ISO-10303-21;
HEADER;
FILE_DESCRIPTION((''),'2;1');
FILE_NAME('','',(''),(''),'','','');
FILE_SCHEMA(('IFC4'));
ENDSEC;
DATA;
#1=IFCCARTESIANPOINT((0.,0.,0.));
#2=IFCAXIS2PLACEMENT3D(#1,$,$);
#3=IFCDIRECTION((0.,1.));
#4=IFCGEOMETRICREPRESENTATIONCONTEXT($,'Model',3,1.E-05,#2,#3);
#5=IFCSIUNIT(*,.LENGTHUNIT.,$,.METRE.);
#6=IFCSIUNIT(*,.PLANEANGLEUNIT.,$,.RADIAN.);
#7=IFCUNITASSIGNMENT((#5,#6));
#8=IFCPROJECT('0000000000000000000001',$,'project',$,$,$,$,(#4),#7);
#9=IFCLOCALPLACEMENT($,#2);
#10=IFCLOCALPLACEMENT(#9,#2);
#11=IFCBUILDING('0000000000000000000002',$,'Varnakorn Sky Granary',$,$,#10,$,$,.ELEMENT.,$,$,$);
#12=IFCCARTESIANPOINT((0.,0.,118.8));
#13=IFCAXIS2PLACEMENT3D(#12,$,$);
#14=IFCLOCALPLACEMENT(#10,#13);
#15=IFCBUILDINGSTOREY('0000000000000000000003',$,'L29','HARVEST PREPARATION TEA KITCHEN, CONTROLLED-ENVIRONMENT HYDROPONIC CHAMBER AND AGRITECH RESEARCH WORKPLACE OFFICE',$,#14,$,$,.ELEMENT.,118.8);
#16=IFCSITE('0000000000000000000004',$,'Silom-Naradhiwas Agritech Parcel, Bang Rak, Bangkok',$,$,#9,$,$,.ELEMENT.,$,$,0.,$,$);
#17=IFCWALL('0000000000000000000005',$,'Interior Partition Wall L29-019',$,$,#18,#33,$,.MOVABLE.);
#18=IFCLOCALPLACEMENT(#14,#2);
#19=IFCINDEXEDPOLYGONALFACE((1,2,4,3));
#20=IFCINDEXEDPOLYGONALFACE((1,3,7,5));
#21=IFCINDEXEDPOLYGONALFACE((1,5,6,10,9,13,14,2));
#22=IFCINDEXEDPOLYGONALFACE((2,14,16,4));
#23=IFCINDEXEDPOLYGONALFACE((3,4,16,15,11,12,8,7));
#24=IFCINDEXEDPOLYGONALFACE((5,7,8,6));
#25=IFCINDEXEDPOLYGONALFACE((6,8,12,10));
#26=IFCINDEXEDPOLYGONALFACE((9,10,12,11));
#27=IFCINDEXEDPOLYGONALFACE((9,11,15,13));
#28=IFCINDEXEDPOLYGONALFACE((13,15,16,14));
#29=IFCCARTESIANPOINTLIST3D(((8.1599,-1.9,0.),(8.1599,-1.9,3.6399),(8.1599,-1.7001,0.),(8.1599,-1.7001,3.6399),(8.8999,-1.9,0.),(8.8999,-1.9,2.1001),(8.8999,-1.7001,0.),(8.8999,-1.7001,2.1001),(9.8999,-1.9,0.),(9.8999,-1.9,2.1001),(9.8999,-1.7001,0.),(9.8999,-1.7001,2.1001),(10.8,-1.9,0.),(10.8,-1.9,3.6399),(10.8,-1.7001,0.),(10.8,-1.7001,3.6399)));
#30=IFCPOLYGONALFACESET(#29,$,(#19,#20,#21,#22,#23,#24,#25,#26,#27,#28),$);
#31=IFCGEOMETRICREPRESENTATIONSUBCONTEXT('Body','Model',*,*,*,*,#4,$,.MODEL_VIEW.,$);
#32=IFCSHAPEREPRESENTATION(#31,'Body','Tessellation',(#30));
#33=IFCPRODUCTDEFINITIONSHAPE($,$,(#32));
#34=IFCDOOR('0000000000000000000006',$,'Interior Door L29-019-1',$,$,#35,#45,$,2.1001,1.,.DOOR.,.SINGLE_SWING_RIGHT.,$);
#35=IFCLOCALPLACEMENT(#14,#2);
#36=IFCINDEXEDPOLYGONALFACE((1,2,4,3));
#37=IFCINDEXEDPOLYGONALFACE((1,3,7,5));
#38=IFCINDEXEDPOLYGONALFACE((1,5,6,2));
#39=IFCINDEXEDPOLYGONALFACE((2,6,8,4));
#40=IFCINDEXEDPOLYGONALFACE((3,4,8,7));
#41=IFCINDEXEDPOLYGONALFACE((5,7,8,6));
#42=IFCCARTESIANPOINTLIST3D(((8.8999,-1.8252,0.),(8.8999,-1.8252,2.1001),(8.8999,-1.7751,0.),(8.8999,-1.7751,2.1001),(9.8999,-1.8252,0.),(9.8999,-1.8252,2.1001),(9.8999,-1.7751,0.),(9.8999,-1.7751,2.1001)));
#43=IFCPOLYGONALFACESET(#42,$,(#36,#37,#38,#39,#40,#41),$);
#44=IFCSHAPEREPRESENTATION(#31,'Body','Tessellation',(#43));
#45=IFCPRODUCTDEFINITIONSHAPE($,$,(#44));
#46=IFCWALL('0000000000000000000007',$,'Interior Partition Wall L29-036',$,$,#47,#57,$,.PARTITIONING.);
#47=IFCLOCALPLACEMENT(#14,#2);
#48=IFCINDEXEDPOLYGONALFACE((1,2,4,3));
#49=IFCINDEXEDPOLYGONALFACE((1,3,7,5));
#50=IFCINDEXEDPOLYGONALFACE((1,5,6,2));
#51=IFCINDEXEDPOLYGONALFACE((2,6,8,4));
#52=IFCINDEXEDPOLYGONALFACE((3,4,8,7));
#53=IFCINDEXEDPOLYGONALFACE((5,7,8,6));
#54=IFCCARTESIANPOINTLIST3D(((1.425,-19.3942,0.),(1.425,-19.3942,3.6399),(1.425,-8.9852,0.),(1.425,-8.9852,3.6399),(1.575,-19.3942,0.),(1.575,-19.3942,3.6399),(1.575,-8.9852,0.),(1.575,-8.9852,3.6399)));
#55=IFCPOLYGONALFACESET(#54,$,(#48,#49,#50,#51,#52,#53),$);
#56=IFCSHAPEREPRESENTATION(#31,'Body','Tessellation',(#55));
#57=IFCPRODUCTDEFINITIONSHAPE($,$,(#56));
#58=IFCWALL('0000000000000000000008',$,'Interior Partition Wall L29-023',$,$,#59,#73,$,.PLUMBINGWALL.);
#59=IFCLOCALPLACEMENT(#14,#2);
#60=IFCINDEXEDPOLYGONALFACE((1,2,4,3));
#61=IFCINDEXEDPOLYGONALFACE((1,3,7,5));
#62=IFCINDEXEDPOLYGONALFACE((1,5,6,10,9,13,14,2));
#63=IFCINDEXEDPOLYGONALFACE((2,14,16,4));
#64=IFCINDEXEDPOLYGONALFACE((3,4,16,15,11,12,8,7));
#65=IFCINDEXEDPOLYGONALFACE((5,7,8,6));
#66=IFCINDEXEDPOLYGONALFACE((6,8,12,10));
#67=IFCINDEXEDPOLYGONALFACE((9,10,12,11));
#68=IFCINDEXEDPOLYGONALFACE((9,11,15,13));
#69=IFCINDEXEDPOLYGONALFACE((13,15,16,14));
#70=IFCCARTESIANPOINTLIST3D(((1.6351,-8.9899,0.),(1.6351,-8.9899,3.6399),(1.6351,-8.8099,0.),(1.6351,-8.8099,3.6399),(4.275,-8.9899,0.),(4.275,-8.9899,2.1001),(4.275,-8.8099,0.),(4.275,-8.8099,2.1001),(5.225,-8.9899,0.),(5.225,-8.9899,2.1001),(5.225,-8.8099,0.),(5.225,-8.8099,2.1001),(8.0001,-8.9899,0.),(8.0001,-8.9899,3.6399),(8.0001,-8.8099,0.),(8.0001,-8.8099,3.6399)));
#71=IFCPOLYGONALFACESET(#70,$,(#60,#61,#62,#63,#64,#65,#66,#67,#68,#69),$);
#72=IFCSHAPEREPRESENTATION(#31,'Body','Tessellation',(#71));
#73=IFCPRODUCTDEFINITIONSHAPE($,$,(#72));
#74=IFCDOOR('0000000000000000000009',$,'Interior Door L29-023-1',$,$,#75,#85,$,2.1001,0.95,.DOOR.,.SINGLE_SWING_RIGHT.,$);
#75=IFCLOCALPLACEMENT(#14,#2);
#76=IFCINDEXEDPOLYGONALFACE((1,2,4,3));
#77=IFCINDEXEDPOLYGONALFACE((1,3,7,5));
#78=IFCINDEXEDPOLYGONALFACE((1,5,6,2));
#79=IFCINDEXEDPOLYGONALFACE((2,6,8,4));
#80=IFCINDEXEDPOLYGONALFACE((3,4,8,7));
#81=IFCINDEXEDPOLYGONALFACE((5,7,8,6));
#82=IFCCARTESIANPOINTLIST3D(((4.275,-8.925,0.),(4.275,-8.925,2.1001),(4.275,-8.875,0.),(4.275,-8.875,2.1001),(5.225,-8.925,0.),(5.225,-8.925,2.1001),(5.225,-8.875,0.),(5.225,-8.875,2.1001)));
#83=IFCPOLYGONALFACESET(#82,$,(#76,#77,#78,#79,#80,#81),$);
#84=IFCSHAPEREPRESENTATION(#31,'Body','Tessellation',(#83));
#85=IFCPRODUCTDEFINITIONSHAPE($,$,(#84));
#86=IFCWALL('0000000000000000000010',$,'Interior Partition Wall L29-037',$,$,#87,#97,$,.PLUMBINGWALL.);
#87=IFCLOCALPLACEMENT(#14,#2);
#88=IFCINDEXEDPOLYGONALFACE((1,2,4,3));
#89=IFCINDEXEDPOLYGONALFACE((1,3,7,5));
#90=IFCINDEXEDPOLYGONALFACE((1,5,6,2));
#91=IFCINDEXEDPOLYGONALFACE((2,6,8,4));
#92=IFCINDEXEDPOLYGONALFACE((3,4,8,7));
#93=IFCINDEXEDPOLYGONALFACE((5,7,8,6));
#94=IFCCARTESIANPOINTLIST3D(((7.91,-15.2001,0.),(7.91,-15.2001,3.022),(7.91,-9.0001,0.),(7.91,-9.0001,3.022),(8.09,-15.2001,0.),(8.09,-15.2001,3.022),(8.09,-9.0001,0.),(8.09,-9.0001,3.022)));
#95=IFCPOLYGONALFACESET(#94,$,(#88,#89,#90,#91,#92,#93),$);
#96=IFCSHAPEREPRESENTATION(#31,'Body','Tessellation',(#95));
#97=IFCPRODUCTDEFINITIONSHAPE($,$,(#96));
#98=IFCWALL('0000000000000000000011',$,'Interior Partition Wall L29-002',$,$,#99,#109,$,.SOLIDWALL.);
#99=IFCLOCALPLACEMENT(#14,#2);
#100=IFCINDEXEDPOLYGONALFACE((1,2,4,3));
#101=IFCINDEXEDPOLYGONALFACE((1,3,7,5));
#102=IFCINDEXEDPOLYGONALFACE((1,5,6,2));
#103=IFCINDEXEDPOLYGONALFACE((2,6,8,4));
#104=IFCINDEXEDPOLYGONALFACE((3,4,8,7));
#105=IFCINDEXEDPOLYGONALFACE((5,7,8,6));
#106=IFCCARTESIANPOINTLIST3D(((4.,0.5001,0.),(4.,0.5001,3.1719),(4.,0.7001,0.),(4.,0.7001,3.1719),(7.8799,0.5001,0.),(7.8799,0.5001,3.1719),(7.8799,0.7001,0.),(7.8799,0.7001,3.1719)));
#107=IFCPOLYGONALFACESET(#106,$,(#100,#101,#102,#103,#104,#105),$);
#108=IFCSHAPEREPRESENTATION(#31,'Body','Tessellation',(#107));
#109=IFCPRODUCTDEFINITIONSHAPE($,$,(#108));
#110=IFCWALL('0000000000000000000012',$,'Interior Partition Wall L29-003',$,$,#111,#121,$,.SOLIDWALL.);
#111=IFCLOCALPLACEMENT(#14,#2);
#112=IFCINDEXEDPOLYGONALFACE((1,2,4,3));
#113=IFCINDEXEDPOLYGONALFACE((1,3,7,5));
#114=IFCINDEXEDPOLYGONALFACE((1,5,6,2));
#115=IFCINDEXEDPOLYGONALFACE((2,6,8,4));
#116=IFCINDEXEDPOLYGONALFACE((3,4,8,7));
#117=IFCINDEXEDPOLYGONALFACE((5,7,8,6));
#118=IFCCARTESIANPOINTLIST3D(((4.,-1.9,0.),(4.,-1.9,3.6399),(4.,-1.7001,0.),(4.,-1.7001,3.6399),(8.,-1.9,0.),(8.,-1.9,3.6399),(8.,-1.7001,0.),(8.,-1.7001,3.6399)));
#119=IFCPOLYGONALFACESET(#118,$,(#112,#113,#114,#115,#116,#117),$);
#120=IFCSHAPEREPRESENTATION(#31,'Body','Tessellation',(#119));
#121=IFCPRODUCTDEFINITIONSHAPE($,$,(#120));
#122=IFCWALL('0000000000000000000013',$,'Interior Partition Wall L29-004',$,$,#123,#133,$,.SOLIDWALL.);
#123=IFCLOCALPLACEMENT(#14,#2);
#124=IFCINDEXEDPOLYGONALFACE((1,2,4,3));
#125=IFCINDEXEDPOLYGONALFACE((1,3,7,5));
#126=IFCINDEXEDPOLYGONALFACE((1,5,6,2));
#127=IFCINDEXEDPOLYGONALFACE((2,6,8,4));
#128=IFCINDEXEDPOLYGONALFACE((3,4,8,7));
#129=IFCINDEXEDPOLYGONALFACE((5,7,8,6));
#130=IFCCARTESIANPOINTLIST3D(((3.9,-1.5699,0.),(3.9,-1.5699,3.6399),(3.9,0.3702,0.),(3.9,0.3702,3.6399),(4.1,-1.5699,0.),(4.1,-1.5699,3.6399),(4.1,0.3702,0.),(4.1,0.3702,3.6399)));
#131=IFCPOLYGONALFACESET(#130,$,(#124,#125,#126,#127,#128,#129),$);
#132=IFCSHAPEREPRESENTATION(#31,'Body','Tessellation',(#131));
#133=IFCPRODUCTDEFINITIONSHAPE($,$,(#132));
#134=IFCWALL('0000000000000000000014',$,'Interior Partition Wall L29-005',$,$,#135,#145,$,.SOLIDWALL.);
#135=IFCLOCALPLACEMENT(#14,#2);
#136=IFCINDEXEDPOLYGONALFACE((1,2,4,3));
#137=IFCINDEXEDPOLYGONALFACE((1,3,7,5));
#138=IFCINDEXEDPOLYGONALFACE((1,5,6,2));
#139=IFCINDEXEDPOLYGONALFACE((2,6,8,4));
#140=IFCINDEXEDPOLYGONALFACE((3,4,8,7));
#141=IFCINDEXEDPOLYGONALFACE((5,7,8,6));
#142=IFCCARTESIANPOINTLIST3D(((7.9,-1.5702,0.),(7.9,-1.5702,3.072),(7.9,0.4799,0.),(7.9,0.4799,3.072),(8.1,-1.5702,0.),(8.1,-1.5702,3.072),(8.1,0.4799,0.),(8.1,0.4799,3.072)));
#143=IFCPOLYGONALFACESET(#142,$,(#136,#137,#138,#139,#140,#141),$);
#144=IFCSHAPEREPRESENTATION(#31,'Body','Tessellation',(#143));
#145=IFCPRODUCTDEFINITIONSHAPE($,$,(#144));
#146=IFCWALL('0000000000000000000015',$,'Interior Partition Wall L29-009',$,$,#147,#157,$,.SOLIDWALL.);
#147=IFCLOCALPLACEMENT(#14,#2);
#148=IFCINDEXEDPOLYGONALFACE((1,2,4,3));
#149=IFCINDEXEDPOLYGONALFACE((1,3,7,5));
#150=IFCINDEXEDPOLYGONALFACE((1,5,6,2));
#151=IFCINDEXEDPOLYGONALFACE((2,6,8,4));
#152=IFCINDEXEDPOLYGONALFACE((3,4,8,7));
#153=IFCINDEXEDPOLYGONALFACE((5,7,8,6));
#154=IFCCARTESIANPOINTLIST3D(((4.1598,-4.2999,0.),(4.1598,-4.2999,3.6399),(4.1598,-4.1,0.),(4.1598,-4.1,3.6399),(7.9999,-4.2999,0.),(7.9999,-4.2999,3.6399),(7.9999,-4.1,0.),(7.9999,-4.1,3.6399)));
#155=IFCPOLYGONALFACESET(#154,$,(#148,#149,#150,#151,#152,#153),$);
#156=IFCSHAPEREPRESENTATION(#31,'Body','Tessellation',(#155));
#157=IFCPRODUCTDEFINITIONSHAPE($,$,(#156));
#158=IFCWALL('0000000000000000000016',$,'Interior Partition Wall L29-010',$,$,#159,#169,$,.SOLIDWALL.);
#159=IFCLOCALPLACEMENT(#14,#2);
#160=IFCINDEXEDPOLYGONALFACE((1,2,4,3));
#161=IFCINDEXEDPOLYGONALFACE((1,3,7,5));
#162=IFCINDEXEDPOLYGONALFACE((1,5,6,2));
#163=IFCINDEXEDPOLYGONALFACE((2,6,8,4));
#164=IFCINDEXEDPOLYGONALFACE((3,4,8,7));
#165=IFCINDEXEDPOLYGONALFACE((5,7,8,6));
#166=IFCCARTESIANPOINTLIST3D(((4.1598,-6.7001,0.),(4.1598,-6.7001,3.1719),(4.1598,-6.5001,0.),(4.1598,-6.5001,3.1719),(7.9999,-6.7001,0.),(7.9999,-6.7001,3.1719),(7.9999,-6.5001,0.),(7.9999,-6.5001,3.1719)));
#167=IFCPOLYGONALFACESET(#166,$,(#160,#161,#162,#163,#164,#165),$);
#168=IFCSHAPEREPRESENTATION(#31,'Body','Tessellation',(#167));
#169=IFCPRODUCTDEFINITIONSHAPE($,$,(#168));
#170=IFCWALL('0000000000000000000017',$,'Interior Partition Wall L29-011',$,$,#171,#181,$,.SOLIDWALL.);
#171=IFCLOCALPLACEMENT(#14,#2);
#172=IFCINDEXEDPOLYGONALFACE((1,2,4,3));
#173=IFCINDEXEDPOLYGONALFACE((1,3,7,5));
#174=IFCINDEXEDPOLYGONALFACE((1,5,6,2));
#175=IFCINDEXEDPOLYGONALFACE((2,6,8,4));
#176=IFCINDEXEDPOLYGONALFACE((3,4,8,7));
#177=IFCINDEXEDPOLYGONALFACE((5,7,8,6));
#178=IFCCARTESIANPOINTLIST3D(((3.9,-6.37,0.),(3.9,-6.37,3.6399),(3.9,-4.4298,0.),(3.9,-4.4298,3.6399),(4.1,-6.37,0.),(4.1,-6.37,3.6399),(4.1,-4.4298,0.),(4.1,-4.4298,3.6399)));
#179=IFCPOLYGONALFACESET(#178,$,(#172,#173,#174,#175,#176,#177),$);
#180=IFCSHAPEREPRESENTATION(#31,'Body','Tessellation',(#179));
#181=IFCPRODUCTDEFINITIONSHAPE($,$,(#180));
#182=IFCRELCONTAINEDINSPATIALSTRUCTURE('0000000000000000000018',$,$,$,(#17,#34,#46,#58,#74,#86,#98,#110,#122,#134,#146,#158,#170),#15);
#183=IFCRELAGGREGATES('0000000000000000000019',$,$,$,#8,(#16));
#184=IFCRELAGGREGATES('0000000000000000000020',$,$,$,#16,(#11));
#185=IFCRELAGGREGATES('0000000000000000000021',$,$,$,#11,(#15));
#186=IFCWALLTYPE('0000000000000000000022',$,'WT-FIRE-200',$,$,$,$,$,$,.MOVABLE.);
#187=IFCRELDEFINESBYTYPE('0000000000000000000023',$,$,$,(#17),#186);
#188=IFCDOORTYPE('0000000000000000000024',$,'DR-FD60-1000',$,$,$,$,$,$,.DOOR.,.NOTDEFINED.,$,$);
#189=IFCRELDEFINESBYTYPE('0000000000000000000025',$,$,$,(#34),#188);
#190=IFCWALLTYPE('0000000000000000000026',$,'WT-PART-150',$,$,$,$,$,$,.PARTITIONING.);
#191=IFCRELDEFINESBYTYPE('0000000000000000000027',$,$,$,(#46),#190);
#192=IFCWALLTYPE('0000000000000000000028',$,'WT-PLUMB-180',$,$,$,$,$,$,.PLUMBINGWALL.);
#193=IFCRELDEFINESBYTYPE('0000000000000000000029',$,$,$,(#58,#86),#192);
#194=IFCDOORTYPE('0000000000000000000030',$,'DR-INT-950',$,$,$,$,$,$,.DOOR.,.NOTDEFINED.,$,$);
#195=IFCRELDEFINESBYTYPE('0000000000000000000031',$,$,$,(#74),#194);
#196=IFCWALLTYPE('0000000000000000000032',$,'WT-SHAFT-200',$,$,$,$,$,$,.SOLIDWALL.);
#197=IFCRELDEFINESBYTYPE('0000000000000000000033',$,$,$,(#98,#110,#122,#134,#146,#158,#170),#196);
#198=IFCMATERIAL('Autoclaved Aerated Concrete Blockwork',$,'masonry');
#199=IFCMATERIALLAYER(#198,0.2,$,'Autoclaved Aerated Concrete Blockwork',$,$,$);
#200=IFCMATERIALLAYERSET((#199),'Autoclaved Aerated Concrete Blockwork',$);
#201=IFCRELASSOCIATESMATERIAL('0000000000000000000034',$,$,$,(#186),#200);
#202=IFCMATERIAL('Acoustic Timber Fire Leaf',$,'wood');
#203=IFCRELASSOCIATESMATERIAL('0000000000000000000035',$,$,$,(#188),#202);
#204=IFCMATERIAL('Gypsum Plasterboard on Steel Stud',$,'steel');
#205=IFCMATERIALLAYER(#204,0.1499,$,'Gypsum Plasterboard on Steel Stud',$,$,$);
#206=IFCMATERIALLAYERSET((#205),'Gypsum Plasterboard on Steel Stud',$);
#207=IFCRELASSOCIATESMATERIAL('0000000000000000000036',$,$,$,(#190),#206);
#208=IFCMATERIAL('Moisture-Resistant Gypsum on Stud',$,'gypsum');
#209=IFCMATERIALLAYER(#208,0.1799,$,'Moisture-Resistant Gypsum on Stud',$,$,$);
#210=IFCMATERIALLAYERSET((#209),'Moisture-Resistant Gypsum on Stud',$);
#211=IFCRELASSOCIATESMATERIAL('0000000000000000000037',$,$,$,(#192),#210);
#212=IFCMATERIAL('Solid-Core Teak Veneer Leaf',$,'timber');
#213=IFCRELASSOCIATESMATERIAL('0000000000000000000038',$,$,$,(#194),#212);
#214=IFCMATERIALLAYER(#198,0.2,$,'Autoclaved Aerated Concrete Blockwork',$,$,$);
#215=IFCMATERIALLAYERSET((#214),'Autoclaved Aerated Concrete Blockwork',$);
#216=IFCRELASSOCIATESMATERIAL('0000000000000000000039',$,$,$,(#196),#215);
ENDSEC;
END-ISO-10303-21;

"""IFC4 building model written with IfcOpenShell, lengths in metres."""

from ifc_helpers import new_model, si_unit, direction, frame, frame_2d, origin, place, context, subcontext, project, spatial, rectangle, extrude, material, layer, layer_set, type_object, element, fill, save


model = new_model("IFC4")

# Units and contexts
model_context = context("Model", 3, precision=1e-05, world=origin(), true_north=direction((0.0, 1.0)))
body_context = subcontext(model_context, "Body", "Model", "MODEL_VIEW")
ifc_project = project(units=[si_unit("LENGTHUNIT", "METRE"), si_unit("PLANEANGLEUNIT", "RADIAN")], contexts=[model_context])

# Site, building, storey
site_placement = place(None, origin())
site = spatial("IfcSite", under=ifc_project, at=site_placement, Name="Silom-Naradhiwas Agritech Parcel, Bang Rak, Bangkok", CompositionType="ELEMENT", RefElevation=0.0)
building_placement = place(site_placement, origin())
building = spatial("IfcBuilding", under=site, at=building_placement, Name="Varnakorn Sky Granary", CompositionType="ELEMENT")
storey_placement = place(building_placement, frame((0.0, 0.0, 118.8)))
storey = spatial("IfcBuildingStorey", under=building, at=storey_placement, Name="L29", Description="HARVEST PREPARATION TEA KITCHEN, CONTROLLED-ENVIRONMENT HYDROPONIC CHAMBER AND AGRITECH RESEARCH WORKPLACE OFFICE", CompositionType="ELEMENT", Elevation=118.8)

# Wall, opening, door
ifc_material_1 = material(Name="Autoclaved Aerated Concrete Blockwork", Category="masonry")
ifc_layer_1 = layer(ifc_material_1, 0.2, Name="Autoclaved Aerated Concrete Blockwork")
ifc_layer_set_1 = layer_set([ifc_layer_1], Name="Autoclaved Aerated Concrete Blockwork")
wall_type_1 = type_object("IfcWallType", Name="WT-FIRE-200", PredefinedType="MOVABLE", material=ifc_layer_set_1)
ifc_material_2 = material(Name="Acoustic Timber Fire Leaf", Category="wood")
door_type_1 = type_object("IfcDoorType", Name="DR-FD60-1000", OperationType="NOTDEFINED", PredefinedType="DOOR", material=ifc_material_2)
wall_1_placement = place(storey_placement, frame((8.1599, -1.8, 0.0), z_axis=(0.0, 0.0, 1.0), x_axis=(1.0, 0.0, 0.0)))
wall_1 = element("IfcWall", 1, at=wall_1_placement, inside=storey, type_object=wall_type_1, Name="Interior Partition Wall L29-019", PredefinedType="MOVABLE", context=body_context, shape_type="SweptSolid", body=[
    extrude(rectangle(XDim=2.6401, YDim=0.2, at=frame_2d((1.3201, 0.0))), origin(), (0.0, 0.0, 1.0), 3.6399),
])
opening_1_placement = place(wall_1_placement, frame((0.74, 0.0, 0.0)))
opening_1 = element("IfcOpeningElement", 2, at=opening_1_placement, cuts=wall_1, PredefinedType="OPENING", context=body_context, shape_type="SweptSolid", body=[
    extrude(rectangle(XDim=1.0, YDim=2.1001, at=frame_2d((0.5, 1.05))), frame((0.0, 0.1099, 0.0), z_axis=(0.0, -1.0, 0.0), x_axis=(1.0, 0.0, 0.0)), (0.0, 0.0, 1.0), 0.22),
])
door_1_placement = place(opening_1_placement, origin())
door_1 = element("IfcDoor", 3, at=door_1_placement, inside=storey, type_object=door_type_1, Name="Interior Door L29-019-1", OperationType="SINGLE_SWING_RIGHT", OverallHeight=2.1001, OverallWidth=1.0, PredefinedType="DOOR", context=body_context, shape_type="SweptSolid", body=[
    extrude(rectangle(XDim=1.0, YDim=2.1001, at=frame_2d((0.5, 1.05))), frame((0.0, 0.0249, 0.0), z_axis=(0.0, -1.0, 0.0), x_axis=(1.0, 0.0, 0.0)), (0.0, 0.0, 1.0), 0.05),
])
fill(opening_1, door_1)

# Wall
ifc_material_3 = material(Name="Gypsum Plasterboard on Steel Stud", Category="steel")
ifc_layer_2 = layer(ifc_material_3, 0.1499, Name="Gypsum Plasterboard on Steel Stud")
ifc_layer_set_2 = layer_set([ifc_layer_2], Name="Gypsum Plasterboard on Steel Stud")
wall_type_2 = type_object("IfcWallType", Name="WT-PART-150", PredefinedType="PARTITIONING", material=ifc_layer_set_2)
wall_2_placement = place(storey_placement, frame((1.5, -8.9851, 0.0), z_axis=(0.0, 0.0, 1.0), x_axis=(0.0, -1.0, 0.0)))
element("IfcWall", 4, at=wall_2_placement, inside=storey, type_object=wall_type_2, Name="Interior Partition Wall L29-036", PredefinedType="PARTITIONING", context=body_context, shape_type="SweptSolid", body=[
    extrude(rectangle(XDim=10.4089, YDim=0.1499, at=frame_2d((5.2046, 0.0))), origin(), (0.0, 0.0, 1.0), 3.6399),
])

# Wall, opening, door
ifc_material_4 = material(Name="Moisture-Resistant Gypsum on Stud", Category="gypsum")
ifc_layer_3 = layer(ifc_material_4, 0.1799, Name="Moisture-Resistant Gypsum on Stud")
ifc_layer_set_3 = layer_set([ifc_layer_3], Name="Moisture-Resistant Gypsum on Stud")
wall_type_3 = type_object("IfcWallType", Name="WT-PLUMB-180", PredefinedType="PLUMBINGWALL", material=ifc_layer_set_3)
wall_3_placement = place(storey_placement, frame((1.635, -8.8999, 0.0), z_axis=(0.0, 0.0, 1.0), x_axis=(1.0, 0.0, 0.0)))
wall_3 = element("IfcWall", 5, at=wall_3_placement, inside=storey, type_object=wall_type_3, Name="Interior Partition Wall L29-023", PredefinedType="PLUMBINGWALL", context=body_context, shape_type="SweptSolid", body=[
    extrude(rectangle(XDim=6.365, YDim=0.1799, at=frame_2d((3.1826, 0.0))), origin(), (0.0, 0.0, 1.0), 3.6399),
])
opening_2_placement = place(wall_3_placement, frame((2.6399, 0.0, 0.0)))
opening_2 = element("IfcOpeningElement", 6, at=opening_2_placement, cuts=wall_3, PredefinedType="OPENING", context=body_context, shape_type="SweptSolid", body=[
    extrude(rectangle(XDim=0.95, YDim=2.1001, at=frame_2d((0.4751, 1.05))), frame((0.0, 0.1001, 0.0), z_axis=(0.0, -1.0, 0.0), x_axis=(1.0, 0.0, 0.0)), (0.0, 0.0, 1.0), 0.2),
])
ifc_material_5 = material(Name="Solid-Core Teak Veneer Leaf", Category="timber")
door_type_2 = type_object("IfcDoorType", Name="DR-INT-950", OperationType="NOTDEFINED", PredefinedType="DOOR", material=ifc_material_5)
door_2_placement = place(opening_2_placement, origin())
door_2 = element("IfcDoor", 7, at=door_2_placement, inside=storey, type_object=door_type_2, Name="Interior Door L29-023-1", OperationType="SINGLE_SWING_RIGHT", OverallHeight=2.1001, OverallWidth=0.95, PredefinedType="DOOR", context=body_context, shape_type="SweptSolid", body=[
    extrude(rectangle(XDim=0.95, YDim=2.1001, at=frame_2d((0.4751, 1.05))), frame((0.0, 0.0249, 0.0), z_axis=(0.0, -1.0, 0.0), x_axis=(1.0, 0.0, 0.0)), (0.0, 0.0, 1.0), 0.05),
])
fill(opening_2, door_2)

# Walls
wall_4_placement = place(storey_placement, frame((8.0, -9.0, 0.0), z_axis=(0.0, 0.0, 1.0), x_axis=(0.0, -1.0, 0.0)))
element("IfcWall", 8, at=wall_4_placement, inside=storey, type_object=wall_type_3, Name="Interior Partition Wall L29-037", PredefinedType="PLUMBINGWALL", context=body_context, shape_type="SweptSolid", body=[
    extrude(rectangle(XDim=6.2, YDim=0.1799, at=frame_2d((3.1001, 0.0))), origin(), (0.0, 0.0, 1.0), 3.022),
])
ifc_layer_4 = layer(ifc_material_1, 0.2, Name="Autoclaved Aerated Concrete Blockwork")
ifc_layer_set_4 = layer_set([ifc_layer_4], Name="Autoclaved Aerated Concrete Blockwork")
wall_type_4 = type_object("IfcWallType", Name="WT-SHAFT-200", PredefinedType="SOLIDWALL", material=ifc_layer_set_4)
wall_5_placement = place(storey_placement, frame((4.0, 0.6001, 0.0), z_axis=(0.0, 0.0, 1.0), x_axis=(1.0, 0.0, 0.0)))
element("IfcWall", 9, at=wall_5_placement, inside=storey, type_object=wall_type_4, Name="Interior Partition Wall L29-002", PredefinedType="SOLIDWALL", context=body_context, shape_type="SweptSolid", body=[
    extrude(rectangle(XDim=3.8799, YDim=0.2, at=frame_2d((1.9399, 0.0))), origin(), (0.0, 0.0, 1.0), 3.1719),
])
wall_6_placement = place(storey_placement, frame((4.0, -1.8, 0.0), z_axis=(0.0, 0.0, 1.0), x_axis=(1.0, 0.0, 0.0)))
element("IfcWall", 10, at=wall_6_placement, inside=storey, type_object=wall_type_4, Name="Interior Partition Wall L29-003", PredefinedType="SOLIDWALL", context=body_context, shape_type="SweptSolid", body=[
    extrude(rectangle(XDim=4.0, YDim=0.2, at=frame_2d((2.0, 0.0))), origin(), (0.0, 0.0, 1.0), 3.6399),
])
wall_7_placement = place(storey_placement, frame((4.0, -1.5701, 0.0), z_axis=(0.0, 0.0, 1.0), x_axis=(0.0, 1.0, 0.0)))
element("IfcWall", 11, at=wall_7_placement, inside=storey, type_object=wall_type_4, Name="Interior Partition Wall L29-004", PredefinedType="SOLIDWALL", context=body_context, shape_type="SweptSolid", body=[
    extrude(rectangle(XDim=1.9402, YDim=0.2, at=frame_2d((0.9702, 0.0))), origin(), (0.0, 0.0, 1.0), 3.6399),
])
wall_8_placement = place(storey_placement, frame((8.0, -1.5701, 0.0), z_axis=(0.0, 0.0, 1.0), x_axis=(0.0, 1.0, 0.0)))
element("IfcWall", 12, at=wall_8_placement, inside=storey, type_object=wall_type_4, Name="Interior Partition Wall L29-005", PredefinedType="SOLIDWALL", context=body_context, shape_type="SweptSolid", body=[
    extrude(rectangle(XDim=2.05, YDim=0.2, at=frame_2d((1.0249, 0.0))), origin(), (0.0, 0.0, 1.0), 3.072),
])
wall_9_placement = place(storey_placement, frame((4.1599, -4.2, 0.0), z_axis=(0.0, 0.0, 1.0), x_axis=(1.0, 0.0, 0.0)))
element("IfcWall", 13, at=wall_9_placement, inside=storey, type_object=wall_type_4, Name="Interior Partition Wall L29-009", PredefinedType="SOLIDWALL", context=body_context, shape_type="SweptSolid", body=[
    extrude(rectangle(XDim=3.8401, YDim=0.2, at=frame_2d((1.9199, 0.0))), origin(), (0.0, 0.0, 1.0), 3.6399),
])
wall_10_placement = place(storey_placement, frame((4.1599, -6.6001, 0.0), z_axis=(0.0, 0.0, 1.0), x_axis=(1.0, 0.0, 0.0)))
element("IfcWall", 14, at=wall_10_placement, inside=storey, type_object=wall_type_4, Name="Interior Partition Wall L29-010", PredefinedType="SOLIDWALL", context=body_context, shape_type="SweptSolid", body=[
    extrude(rectangle(XDim=3.8401, YDim=0.2, at=frame_2d((1.9199, 0.0))), origin(), (0.0, 0.0, 1.0), 3.1719),
])
wall_11_placement = place(storey_placement, frame((4.0, -6.3701, 0.0), z_axis=(0.0, 0.0, 1.0), x_axis=(0.0, 1.0, 0.0)))
element("IfcWall", 15, at=wall_11_placement, inside=storey, type_object=wall_type_4, Name="Interior Partition Wall L29-011", PredefinedType="SOLIDWALL", context=body_context, shape_type="SweptSolid", body=[
    extrude(rectangle(XDim=1.9402, YDim=0.2, at=frame_2d((0.9702, 0.0))), origin(), (0.0, 0.0, 1.0), 3.6399),
])

save(model, "model.ifc")
